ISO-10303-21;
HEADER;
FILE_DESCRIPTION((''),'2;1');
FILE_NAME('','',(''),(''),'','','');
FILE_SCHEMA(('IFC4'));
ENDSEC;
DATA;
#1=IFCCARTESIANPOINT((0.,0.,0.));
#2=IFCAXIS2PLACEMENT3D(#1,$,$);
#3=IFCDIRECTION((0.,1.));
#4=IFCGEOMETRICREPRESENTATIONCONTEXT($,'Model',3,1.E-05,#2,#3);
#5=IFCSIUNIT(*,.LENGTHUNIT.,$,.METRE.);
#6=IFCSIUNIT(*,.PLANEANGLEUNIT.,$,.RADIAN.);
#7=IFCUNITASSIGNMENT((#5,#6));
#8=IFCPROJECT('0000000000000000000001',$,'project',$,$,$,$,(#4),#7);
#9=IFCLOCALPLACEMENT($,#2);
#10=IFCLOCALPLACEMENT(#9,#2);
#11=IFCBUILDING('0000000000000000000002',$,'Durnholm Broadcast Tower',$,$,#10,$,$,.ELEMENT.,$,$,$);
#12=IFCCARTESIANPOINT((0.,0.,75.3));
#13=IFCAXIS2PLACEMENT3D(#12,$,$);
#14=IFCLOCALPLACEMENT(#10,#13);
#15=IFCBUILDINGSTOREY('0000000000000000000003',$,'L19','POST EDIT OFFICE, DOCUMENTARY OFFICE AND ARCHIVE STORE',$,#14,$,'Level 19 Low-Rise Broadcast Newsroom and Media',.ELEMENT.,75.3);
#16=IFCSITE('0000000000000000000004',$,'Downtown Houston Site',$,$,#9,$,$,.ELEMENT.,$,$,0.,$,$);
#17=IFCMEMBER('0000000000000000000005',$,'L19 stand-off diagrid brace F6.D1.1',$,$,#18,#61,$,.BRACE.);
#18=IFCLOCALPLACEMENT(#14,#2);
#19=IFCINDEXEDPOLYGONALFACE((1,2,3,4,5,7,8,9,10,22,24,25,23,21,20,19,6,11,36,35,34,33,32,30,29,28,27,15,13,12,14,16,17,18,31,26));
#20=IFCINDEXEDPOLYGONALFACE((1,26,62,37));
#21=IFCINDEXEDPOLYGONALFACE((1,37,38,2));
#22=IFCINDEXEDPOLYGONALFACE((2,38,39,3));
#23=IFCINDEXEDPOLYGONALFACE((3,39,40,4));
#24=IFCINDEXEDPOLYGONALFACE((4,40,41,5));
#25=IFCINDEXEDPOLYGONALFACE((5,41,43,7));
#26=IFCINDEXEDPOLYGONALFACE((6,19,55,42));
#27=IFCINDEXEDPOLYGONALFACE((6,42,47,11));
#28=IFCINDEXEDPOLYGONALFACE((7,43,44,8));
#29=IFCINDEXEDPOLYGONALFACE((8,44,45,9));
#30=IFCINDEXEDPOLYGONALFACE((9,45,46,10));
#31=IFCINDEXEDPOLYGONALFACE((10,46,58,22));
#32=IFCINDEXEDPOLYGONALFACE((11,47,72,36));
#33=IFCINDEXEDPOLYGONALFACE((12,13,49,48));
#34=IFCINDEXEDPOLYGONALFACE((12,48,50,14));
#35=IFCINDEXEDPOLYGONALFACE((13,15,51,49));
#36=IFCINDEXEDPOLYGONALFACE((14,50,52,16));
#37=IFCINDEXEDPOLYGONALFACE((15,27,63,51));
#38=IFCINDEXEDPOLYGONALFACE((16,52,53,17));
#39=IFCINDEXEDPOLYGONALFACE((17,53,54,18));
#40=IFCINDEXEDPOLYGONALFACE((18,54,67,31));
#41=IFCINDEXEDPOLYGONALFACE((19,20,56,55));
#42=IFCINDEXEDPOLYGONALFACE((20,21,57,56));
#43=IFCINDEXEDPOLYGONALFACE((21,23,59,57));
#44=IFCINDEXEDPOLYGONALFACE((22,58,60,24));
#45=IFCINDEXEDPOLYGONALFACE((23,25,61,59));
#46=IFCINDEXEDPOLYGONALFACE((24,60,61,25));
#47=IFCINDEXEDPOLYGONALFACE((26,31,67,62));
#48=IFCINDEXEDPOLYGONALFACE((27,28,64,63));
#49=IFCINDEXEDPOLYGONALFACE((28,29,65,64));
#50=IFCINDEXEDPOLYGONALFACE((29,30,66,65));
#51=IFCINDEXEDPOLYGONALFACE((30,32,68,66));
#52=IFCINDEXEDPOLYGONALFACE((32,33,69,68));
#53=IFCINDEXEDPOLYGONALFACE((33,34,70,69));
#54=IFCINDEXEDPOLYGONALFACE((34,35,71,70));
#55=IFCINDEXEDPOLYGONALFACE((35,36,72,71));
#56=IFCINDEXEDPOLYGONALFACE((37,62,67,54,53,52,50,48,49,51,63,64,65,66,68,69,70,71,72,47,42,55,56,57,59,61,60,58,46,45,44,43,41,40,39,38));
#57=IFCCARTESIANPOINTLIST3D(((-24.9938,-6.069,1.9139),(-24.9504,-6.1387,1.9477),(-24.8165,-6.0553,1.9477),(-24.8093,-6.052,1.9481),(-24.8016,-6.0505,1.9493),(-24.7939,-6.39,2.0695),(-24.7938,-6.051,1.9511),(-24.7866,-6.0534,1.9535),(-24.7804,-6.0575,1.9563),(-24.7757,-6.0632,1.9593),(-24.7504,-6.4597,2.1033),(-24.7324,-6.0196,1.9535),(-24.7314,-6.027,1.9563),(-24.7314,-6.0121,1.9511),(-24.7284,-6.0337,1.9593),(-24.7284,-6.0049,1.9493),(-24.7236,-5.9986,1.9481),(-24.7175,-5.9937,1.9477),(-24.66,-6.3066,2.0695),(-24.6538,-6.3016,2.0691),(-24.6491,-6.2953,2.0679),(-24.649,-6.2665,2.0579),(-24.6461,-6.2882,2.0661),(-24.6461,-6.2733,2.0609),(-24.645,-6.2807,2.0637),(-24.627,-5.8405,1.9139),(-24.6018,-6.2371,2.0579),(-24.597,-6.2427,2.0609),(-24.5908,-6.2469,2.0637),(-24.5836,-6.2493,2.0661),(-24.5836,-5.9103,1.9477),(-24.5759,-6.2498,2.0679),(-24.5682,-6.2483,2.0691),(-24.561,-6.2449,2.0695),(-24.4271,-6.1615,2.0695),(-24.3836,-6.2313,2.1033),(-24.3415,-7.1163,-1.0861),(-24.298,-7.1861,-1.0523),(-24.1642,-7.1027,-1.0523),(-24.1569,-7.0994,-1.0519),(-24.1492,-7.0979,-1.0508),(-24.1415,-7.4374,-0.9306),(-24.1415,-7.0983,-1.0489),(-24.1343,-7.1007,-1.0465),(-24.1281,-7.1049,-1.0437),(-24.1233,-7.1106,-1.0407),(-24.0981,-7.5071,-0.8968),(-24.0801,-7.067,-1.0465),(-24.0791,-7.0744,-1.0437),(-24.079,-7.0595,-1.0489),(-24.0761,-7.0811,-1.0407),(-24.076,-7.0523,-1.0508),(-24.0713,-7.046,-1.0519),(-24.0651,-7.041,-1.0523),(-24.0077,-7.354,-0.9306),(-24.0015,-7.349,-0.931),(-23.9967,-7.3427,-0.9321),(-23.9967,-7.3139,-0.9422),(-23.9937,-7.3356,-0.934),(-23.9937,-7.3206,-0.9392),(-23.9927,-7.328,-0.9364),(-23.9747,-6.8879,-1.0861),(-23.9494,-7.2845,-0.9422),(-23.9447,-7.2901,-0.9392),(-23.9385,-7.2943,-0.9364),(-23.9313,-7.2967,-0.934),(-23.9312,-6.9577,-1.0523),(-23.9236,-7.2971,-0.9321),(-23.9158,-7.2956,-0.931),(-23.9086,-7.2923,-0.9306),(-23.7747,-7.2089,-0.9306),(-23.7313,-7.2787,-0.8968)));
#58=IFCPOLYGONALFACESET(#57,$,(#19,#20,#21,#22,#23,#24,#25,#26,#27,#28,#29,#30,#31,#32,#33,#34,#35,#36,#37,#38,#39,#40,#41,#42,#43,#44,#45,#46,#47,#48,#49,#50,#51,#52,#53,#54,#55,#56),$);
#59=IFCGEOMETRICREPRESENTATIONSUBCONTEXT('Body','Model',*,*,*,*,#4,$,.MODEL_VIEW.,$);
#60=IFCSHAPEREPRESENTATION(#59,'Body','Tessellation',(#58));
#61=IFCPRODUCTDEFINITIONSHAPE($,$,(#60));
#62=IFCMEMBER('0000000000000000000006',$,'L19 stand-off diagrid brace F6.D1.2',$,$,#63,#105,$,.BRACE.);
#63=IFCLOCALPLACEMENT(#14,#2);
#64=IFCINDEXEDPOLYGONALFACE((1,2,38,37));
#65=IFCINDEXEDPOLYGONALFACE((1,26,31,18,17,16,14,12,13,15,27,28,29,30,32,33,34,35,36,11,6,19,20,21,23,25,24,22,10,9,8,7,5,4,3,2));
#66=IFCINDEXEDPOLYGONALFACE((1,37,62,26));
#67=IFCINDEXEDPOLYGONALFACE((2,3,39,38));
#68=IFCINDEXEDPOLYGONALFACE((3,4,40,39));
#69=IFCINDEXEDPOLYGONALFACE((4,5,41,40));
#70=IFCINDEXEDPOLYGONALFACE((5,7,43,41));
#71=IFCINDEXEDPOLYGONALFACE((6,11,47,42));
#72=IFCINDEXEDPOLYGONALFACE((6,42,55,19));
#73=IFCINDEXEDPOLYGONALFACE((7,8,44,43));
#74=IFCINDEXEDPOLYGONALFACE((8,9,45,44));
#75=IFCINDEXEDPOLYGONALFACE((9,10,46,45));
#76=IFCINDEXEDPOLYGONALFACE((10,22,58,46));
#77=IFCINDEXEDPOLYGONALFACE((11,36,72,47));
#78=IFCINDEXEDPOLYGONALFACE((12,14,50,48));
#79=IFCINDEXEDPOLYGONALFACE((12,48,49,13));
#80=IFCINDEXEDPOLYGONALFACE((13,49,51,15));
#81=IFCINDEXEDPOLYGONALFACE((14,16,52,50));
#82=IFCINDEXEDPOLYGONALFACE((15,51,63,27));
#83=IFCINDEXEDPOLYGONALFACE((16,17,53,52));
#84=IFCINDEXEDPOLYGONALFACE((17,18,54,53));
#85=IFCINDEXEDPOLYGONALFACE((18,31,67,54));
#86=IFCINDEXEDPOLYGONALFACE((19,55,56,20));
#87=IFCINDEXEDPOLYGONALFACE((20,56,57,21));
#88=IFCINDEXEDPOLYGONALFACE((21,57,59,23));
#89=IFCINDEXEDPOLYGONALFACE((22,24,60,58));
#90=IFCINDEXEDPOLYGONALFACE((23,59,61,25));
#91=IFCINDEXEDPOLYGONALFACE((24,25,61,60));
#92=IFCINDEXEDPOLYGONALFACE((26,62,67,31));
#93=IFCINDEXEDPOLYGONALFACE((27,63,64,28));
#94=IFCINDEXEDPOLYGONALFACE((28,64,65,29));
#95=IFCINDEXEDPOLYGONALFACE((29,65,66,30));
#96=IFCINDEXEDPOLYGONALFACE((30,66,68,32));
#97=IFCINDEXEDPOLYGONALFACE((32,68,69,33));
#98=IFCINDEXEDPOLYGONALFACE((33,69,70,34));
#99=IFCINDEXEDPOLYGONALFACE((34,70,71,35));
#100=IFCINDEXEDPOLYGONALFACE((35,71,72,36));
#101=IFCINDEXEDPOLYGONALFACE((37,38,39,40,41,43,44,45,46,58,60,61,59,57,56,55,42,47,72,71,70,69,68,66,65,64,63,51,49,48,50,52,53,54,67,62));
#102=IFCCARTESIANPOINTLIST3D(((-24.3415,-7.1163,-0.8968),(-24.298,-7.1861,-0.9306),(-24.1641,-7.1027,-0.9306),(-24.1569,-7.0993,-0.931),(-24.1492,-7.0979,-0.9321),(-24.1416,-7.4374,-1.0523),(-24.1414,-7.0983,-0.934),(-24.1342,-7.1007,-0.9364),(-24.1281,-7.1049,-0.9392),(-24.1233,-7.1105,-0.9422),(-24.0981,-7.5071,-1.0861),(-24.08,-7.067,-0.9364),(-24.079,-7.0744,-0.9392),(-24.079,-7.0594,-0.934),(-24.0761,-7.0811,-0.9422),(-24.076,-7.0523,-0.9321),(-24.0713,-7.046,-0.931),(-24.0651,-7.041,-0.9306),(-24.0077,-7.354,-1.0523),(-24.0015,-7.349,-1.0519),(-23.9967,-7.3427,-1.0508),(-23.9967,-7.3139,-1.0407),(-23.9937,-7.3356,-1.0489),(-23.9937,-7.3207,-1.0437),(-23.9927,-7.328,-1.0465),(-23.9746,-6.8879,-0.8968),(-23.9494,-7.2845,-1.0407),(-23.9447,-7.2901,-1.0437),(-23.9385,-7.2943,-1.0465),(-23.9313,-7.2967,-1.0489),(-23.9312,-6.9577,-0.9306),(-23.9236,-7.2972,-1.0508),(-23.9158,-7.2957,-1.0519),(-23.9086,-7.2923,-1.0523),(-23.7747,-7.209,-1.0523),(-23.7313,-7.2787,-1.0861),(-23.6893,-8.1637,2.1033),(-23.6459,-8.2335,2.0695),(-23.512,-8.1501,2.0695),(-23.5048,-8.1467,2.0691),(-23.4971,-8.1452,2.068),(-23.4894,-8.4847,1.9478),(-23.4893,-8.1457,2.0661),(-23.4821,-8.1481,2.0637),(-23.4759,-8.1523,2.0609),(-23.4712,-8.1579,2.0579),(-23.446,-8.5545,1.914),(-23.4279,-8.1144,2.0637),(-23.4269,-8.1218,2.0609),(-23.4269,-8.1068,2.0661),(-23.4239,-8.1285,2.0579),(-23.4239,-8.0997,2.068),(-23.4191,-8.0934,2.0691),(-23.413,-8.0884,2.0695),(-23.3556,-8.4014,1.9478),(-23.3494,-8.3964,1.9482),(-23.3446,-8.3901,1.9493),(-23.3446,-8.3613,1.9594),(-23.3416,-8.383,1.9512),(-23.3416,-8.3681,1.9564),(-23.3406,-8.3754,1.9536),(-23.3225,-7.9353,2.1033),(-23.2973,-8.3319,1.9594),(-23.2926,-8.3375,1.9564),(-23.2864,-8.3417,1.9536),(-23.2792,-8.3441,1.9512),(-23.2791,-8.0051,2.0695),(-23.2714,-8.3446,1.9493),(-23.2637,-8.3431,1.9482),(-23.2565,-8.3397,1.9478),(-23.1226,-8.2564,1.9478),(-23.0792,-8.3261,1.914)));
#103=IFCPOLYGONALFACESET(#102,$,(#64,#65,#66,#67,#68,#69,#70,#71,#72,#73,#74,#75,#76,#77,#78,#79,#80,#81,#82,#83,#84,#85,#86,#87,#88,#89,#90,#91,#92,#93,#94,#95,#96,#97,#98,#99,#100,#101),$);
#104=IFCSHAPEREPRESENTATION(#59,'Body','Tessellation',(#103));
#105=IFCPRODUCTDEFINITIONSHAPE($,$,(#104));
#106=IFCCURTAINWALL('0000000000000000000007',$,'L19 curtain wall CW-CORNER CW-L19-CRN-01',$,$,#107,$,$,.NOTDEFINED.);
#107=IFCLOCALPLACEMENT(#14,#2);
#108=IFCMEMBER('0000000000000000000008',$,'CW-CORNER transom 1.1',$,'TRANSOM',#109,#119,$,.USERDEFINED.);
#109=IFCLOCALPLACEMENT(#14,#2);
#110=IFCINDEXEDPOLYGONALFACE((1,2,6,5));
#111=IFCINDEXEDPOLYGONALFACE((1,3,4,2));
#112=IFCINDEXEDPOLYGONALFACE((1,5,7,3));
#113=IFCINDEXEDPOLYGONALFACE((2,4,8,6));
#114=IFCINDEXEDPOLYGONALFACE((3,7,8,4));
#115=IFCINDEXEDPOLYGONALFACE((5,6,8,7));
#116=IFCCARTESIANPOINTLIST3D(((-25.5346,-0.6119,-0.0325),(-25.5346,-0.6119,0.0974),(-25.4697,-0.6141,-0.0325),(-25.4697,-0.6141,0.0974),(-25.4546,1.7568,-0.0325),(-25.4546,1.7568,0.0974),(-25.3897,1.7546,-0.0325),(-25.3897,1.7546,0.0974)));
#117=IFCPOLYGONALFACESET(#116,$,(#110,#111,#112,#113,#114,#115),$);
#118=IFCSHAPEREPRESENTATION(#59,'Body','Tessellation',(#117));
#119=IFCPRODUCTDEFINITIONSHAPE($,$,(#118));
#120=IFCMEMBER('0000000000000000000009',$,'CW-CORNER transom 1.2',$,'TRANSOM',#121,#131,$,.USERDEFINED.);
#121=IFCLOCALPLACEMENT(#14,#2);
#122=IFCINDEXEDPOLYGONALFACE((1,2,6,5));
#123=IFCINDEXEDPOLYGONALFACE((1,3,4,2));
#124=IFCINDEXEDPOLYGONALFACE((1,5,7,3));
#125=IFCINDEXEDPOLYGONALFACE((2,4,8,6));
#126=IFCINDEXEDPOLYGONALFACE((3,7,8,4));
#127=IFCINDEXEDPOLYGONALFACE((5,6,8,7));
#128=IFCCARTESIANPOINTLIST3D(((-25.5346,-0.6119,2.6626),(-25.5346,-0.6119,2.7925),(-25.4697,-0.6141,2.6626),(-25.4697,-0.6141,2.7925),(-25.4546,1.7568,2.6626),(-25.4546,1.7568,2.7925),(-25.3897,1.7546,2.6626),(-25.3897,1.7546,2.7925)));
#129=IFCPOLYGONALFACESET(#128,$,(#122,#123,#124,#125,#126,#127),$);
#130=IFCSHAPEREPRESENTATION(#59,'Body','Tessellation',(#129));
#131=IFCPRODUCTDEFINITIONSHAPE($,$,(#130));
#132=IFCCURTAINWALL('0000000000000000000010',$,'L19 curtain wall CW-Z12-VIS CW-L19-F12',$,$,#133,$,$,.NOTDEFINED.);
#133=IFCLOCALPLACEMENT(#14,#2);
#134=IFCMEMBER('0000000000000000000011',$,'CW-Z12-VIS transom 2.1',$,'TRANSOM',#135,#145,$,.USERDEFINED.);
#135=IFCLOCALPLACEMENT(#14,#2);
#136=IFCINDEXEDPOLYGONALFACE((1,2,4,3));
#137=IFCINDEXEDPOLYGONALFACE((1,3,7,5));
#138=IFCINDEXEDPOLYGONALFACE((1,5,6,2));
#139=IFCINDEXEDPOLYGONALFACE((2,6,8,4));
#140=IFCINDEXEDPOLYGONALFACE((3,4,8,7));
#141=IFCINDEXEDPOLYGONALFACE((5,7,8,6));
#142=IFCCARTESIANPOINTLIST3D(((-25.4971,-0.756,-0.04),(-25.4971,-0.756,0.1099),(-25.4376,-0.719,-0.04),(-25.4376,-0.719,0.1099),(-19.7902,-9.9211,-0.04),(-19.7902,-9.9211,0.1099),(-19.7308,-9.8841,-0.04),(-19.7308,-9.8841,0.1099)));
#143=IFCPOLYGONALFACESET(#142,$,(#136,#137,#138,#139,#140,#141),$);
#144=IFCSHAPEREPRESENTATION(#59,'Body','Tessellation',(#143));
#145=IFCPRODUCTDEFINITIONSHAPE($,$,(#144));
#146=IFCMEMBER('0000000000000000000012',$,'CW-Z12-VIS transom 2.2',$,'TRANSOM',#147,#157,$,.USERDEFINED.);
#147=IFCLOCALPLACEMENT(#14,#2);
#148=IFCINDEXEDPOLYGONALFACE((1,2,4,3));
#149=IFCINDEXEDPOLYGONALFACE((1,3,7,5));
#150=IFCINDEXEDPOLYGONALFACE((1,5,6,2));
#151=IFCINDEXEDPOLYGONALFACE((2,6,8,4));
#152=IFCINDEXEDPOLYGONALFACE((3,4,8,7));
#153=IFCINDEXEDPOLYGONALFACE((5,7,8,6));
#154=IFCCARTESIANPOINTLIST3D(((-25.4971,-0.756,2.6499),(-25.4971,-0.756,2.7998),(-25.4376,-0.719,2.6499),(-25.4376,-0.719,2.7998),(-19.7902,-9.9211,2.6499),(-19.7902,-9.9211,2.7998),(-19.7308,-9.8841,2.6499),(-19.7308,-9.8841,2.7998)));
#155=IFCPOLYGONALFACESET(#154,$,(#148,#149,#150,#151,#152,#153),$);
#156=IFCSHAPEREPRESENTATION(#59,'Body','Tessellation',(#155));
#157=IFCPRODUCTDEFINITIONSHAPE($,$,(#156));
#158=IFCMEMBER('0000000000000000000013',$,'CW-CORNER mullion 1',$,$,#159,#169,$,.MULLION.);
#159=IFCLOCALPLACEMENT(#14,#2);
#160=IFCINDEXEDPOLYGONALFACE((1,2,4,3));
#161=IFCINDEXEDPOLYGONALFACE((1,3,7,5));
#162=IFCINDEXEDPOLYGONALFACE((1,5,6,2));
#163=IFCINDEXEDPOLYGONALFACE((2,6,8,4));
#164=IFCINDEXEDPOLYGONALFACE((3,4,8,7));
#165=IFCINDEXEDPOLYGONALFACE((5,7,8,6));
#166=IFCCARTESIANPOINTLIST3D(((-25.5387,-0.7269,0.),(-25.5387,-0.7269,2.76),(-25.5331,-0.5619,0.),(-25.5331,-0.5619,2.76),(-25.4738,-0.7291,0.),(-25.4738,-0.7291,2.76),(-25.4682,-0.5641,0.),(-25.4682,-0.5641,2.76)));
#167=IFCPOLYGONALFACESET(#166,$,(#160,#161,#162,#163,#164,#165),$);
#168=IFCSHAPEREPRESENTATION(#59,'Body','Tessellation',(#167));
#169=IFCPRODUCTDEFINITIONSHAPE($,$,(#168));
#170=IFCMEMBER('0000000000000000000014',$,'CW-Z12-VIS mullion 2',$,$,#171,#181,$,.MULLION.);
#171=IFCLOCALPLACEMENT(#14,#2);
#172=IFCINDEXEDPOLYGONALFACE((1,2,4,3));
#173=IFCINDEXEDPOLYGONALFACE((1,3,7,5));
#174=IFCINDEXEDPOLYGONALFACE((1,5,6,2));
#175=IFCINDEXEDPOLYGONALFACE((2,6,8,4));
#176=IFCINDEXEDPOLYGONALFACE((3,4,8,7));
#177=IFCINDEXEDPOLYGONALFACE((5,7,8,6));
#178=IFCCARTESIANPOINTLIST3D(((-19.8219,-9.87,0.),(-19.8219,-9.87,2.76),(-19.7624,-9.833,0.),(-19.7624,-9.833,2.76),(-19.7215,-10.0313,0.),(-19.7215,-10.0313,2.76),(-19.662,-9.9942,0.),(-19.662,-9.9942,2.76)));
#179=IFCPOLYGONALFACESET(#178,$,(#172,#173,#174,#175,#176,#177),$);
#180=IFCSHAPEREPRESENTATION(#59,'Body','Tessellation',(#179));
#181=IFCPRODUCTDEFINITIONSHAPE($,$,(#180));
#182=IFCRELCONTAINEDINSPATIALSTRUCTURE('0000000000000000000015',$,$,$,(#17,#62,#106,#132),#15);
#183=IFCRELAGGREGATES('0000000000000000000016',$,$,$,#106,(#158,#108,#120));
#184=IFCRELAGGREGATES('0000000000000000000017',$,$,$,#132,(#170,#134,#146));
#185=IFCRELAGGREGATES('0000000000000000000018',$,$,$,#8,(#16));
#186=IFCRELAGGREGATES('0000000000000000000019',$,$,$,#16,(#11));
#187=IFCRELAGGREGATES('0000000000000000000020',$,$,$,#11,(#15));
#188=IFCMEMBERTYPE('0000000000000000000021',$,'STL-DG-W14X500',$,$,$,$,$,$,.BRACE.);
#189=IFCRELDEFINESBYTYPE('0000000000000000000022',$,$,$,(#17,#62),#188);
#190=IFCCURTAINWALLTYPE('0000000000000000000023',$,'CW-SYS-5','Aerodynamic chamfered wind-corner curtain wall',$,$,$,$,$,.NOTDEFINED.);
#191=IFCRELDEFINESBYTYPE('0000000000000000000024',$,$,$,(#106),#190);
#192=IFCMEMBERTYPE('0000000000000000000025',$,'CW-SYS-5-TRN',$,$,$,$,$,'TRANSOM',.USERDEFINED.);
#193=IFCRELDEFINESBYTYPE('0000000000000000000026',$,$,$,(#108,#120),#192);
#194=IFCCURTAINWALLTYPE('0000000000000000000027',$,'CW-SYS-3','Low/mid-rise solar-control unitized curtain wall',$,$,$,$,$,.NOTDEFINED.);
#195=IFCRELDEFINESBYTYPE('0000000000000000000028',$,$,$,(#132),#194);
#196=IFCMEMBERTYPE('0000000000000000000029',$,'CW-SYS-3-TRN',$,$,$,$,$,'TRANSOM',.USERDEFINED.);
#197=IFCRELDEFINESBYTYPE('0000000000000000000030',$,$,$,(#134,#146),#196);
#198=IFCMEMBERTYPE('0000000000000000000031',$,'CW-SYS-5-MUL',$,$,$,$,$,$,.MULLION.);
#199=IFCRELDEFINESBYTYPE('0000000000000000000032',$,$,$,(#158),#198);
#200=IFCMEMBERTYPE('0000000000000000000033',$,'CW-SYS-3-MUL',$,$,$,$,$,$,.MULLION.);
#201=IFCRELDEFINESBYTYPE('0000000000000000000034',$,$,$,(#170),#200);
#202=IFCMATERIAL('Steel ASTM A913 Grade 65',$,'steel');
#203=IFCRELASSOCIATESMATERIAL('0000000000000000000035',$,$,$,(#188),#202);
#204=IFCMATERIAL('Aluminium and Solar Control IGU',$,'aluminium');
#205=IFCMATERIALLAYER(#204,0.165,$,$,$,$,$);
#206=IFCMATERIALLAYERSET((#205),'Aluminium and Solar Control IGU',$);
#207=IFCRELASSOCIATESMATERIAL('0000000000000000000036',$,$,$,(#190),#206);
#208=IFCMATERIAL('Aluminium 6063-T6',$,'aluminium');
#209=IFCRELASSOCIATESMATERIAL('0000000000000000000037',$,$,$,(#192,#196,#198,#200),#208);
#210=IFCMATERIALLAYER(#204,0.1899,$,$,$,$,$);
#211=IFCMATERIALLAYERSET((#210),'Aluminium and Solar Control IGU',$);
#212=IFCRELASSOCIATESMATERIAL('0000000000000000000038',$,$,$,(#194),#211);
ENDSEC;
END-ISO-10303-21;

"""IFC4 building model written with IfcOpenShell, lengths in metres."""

from ifc_helpers import new_model, si_unit, direction, frame, origin, origin_2d, place, context, subcontext, project, spatial, rectangle, i_section, extrude, source, transform, mapped, material, layer, layer_set, material_profile, profile_set, type_object, type_shapes, element, aggregate, save


model = new_model("IFC4")

# Units and contexts
model_context = context("Model", 3, precision=1e-05, world=origin(), true_north=direction((0.0, 1.0)))
body_context = subcontext(model_context, "Body", "Model", "MODEL_VIEW")
ifc_project = project(units=[si_unit("LENGTHUNIT", "METRE"), si_unit("PLANEANGLEUNIT", "RADIAN")], contexts=[model_context])

# Site, building, storey
site_placement = place(None, origin())
site = spatial("IfcSite", under=ifc_project, at=site_placement, Name="Downtown Houston Site", CompositionType="ELEMENT", RefElevation=0.0)
building_placement = place(site_placement, origin())
building = spatial("IfcBuilding", under=site, at=building_placement, Name="Durnholm Broadcast Tower", CompositionType="ELEMENT")
storey_placement = place(building_placement, frame((0.0, 0.0, 75.3)))
storey = spatial("IfcBuildingStorey", under=building, at=storey_placement, Name="L19", Description="POST EDIT OFFICE, DOCUMENTARY OFFICE AND ARCHIVE STORE", LongName="Level 19 Low-Rise Broadcast Newsroom and Media", CompositionType="ELEMENT", Elevation=75.3)

# Members
ifc_material_1 = material(Name="Steel ASTM A913 Grade 65", Category="steel")
ifc_material_profile_1 = material_profile(ifc_material_1, i_section(OverallWidth=0.4321, OverallDepth=0.4978, WebThickness=0.0557, FlangeThickness=0.0889, FilletRadius=0.0305, at=origin_2d()), Name="W14X500")
ifc_profile_set_1 = profile_set([ifc_material_profile_1], Name="Steel ASTM A913 Grade 65")
member_type_1 = type_object("IfcMemberType", Name="STL-DG-W14X500", PredefinedType="BRACE", material=ifc_profile_set_1)
shared_shape_1 = source(origin(), body_context, "Body", "SweptSolid", [
    extrude(i_section(OverallWidth=0.4321, OverallDepth=0.4978, WebThickness=0.0557, FlangeThickness=0.0889, FilletRadius=0.0305, at=origin_2d()), origin(), (0.0, 0.0, 1.0), 3.2439),
])
type_shapes(member_type_1, [shared_shape_1])
for number, where, z_axis, x_axis, name in (
    (1, (-24.0364, -7.1975, -0.9915), (-0.201102, 0.322877, 0.924829), (-0.84882, -0.528682, 0.0), "L19 stand-off diagrid brace F6.D1.1"),
    (2, (-24.0364, -7.1975, -0.9915), (0.20103, -0.322882, 0.924843), (0.848909, 0.52854, 0.0), "L19 stand-off diagrid brace F6.D1.2"),
):
    element("IfcMember", number, at=place(storey_placement, frame(where, z_axis=z_axis, x_axis=x_axis)), inside=storey, type_object=member_type_1, Name=name, PredefinedType="BRACE", context=body_context, shape_type="MappedRepresentation", body=[
        mapped(shared_shape_1, transform((0.0, 0.0, 0.0), x_axis=(1.0, 0.0, 0.0), y_axis=(0.0, 1.0, 0.0), z_axis=(0.0, 0.0, 1.0), scale=1.0)),
    ])

# Curtain walls, members
ifc_material_2 = material(Name="Aluminium and Solar Control IGU", Category="aluminium")
ifc_layer_1 = layer(ifc_material_2, 0.165)
ifc_layer_set_1 = layer_set([ifc_layer_1], Name="Aluminium and Solar Control IGU")
curtain_wall_type_1 = type_object("IfcCurtainWallType", Name="CW-SYS-5", Description="Aerodynamic chamfered wind-corner curtain wall", PredefinedType="NOTDEFINED", material=ifc_layer_set_1)
curtain_wall_1_placement = place(storey_placement, origin())
curtain_wall_1 = element("IfcCurtainWall", 3, at=curtain_wall_1_placement, inside=storey, type_object=curtain_wall_type_1, Name="L19 curtain wall CW-CORNER CW-L19-CRN-01", PredefinedType="NOTDEFINED")
ifc_material_3 = material(Name="Aluminium 6063-T6", Category="aluminium")
ifc_material_profile_2 = material_profile(ifc_material_3, rectangle(XDim=0.0649, YDim=0.1299, at=origin_2d()), Name="CWT65X130")
ifc_profile_set_2 = profile_set([ifc_material_profile_2], Name="Aluminium 6063-T6")
member_type_2 = type_object("IfcMemberType", Name="CW-SYS-5-TRN", ElementType="TRANSOM", PredefinedType="USERDEFINED", material=ifc_profile_set_2)
shared_shape_2 = source(origin(), body_context, "Body", "SweptSolid", [
    extrude(rectangle(XDim=0.0649, YDim=0.1299, at=origin_2d()), origin(), (0.0, 0.0, 1.0), 2.3701),
])
type_shapes(member_type_2, [shared_shape_2])
member_1_placement = place(storey_placement, frame((-25.5022, -0.613, 0.0325), z_axis=(0.033788, 0.999429, 0.0), x_axis=(-0.999429, 0.033788, 0.0)))
member_1 = element("IfcMember", 4, at=member_1_placement, type_object=member_type_2, Name="CW-CORNER transom 1.1", ObjectType="TRANSOM", PredefinedType="USERDEFINED", context=body_context, shape_type="MappedRepresentation", body=[
    mapped(shared_shape_2, transform((0.0, 0.0, 0.0), x_axis=(1.0, 0.0, 0.0), y_axis=(0.0, 1.0, 0.0), z_axis=(0.0, 0.0, 1.0), scale=1.0)),
])
member_2_placement = place(storey_placement, frame((-25.5022, -0.613, 2.7275), z_axis=(0.033788, 0.999429, 0.0), x_axis=(-0.999429, 0.033788, 0.0)))
member_2 = element("IfcMember", 5, at=member_2_placement, type_object=member_type_2, Name="CW-CORNER transom 1.2", ObjectType="TRANSOM", PredefinedType="USERDEFINED", context=body_context, shape_type="MappedRepresentation", body=[
    mapped(shared_shape_2, transform((0.0, 0.0, 0.0), x_axis=(1.0, 0.0, 0.0), y_axis=(0.0, 1.0, 0.0), z_axis=(0.0, 0.0, 1.0), scale=1.0)),
])
ifc_layer_2 = layer(ifc_material_2, 0.1899)
ifc_layer_set_2 = layer_set([ifc_layer_2], Name="Aluminium and Solar Control IGU")
curtain_wall_type_2 = type_object("IfcCurtainWallType", Name="CW-SYS-3", Description="Low/mid-rise solar-control unitized curtain wall", PredefinedType="NOTDEFINED", material=ifc_layer_set_2)
curtain_wall_2_placement = place(storey_placement, origin())
curtain_wall_2 = element("IfcCurtainWall", 6, at=curtain_wall_2_placement, inside=storey, type_object=curtain_wall_type_2, Name="L19 curtain wall CW-Z12-VIS CW-L19-F12", PredefinedType="NOTDEFINED")
ifc_material_profile_3 = material_profile(ifc_material_3, rectangle(XDim=0.0701, YDim=0.1499, at=origin_2d()), Name="CWT70X150")
ifc_profile_set_3 = profile_set([ifc_material_profile_3], Name="Aluminium 6063-T6")
member_type_3 = type_object("IfcMemberType", Name="CW-SYS-3-TRN", ElementType="TRANSOM", PredefinedType="USERDEFINED", material=ifc_profile_set_3)
shared_shape_3 = source(origin(), body_context, "Body", "SweptSolid", [
    extrude(rectangle(XDim=0.0701, YDim=0.1499, at=origin_2d()), origin(), (0.0, 0.0, 1.0), 10.7966),
])
type_shapes(member_type_3, [shared_shape_3])
member_3_placement = place(storey_placement, frame((-19.7605, -9.9026, 0.0349), z_axis=(-0.528575, 0.848886, 0.0), x_axis=(-0.848886, -0.528575, 0.0)))
member_3 = element("IfcMember", 7, at=member_3_placement, type_object=member_type_3, Name="CW-Z12-VIS transom 2.1", ObjectType="TRANSOM", PredefinedType="USERDEFINED", context=body_context, shape_type="MappedRepresentation", body=[
    mapped(shared_shape_3, transform((0.0, 0.0, 0.0), x_axis=(1.0, 0.0, 0.0), y_axis=(0.0, 1.0, 0.0), z_axis=(0.0, 0.0, 1.0), scale=1.0)),
])
member_4_placement = place(storey_placement, frame((-19.7605, -9.9026, 2.7249), z_axis=(-0.528575, 0.848886, 0.0), x_axis=(-0.848886, -0.528575, 0.0)))
member_4 = element("IfcMember", 8, at=member_4_placement, type_object=member_type_3, Name="CW-Z12-VIS transom 2.2", ObjectType="TRANSOM", PredefinedType="USERDEFINED", context=body_context, shape_type="MappedRepresentation", body=[
    mapped(shared_shape_3, transform((0.0, 0.0, 0.0), x_axis=(1.0, 0.0, 0.0), y_axis=(0.0, 1.0, 0.0), z_axis=(0.0, 0.0, 1.0), scale=1.0)),
])

# Members
ifc_material_profile_4 = material_profile(ifc_material_3, rectangle(XDim=0.0649, YDim=0.165, at=origin_2d()), Name="CWM65X165")
ifc_profile_set_4 = profile_set([ifc_material_profile_4], Name="Aluminium 6063-T6")
member_type_4 = type_object("IfcMemberType", Name="CW-SYS-5-MUL", PredefinedType="MULLION", material=ifc_profile_set_4)
shared_shape_4 = source(origin(), body_context, "Body", "SweptSolid", [
    extrude(rectangle(XDim=0.0649, YDim=0.165, at=origin_2d()), origin(), (0.0, 0.0, 1.0), 2.76),
])
type_shapes(member_type_4, [shared_shape_4])
member_5_placement = place(storey_placement, frame((-25.5034, -0.6455, 0.0), z_axis=(0.0, 0.0, 1.0), x_axis=(-0.999427, 0.03384, 0.0)))
member_5 = element("IfcMember", 9, at=member_5_placement, type_object=member_type_4, Name="CW-CORNER mullion 1", PredefinedType="MULLION", context=body_context, shape_type="MappedRepresentation", body=[
    mapped(shared_shape_4, transform((0.0, 0.0, 0.0), x_axis=(1.0, 0.0, 0.0), y_axis=(0.0, 1.0, 0.0), z_axis=(0.0, 0.0, 1.0), scale=1.0)),
])
aggregate(curtain_wall_1, [member_5, member_1, member_2])
ifc_material_profile_5 = material_profile(ifc_material_3, rectangle(XDim=0.0701, YDim=0.1899, at=origin_2d()), Name="CWM70X190")
ifc_profile_set_5 = profile_set([ifc_material_profile_5], Name="Aluminium 6063-T6")
member_type_5 = type_object("IfcMemberType", Name="CW-SYS-3-MUL", PredefinedType="MULLION", material=ifc_profile_set_5)
shared_shape_5 = source(origin(), body_context, "Body", "SweptSolid", [
    extrude(rectangle(XDim=0.0701, YDim=0.1899, at=origin_2d()), origin(), (0.0, 0.0, 1.0), 2.76),
])
type_shapes(member_type_5, [shared_shape_5])
member_6_placement = place(storey_placement, frame((-19.7419, -9.9321, 0.0), z_axis=(0.0, 0.0, 1.0), x_axis=(-0.848876, -0.528592, 0.0)))
member_6 = element("IfcMember", 10, at=member_6_placement, type_object=member_type_5, Name="CW-Z12-VIS mullion 2", PredefinedType="MULLION", context=body_context, shape_type="MappedRepresentation", body=[
    mapped(shared_shape_5, transform((0.0, 0.0, 0.0), x_axis=(1.0, 0.0, 0.0), y_axis=(0.0, 1.0, 0.0), z_axis=(0.0, 0.0, 1.0), scale=1.0)),
])

aggregate(curtain_wall_2, [member_6, member_3, member_4])

save(model, "model.ifc")
